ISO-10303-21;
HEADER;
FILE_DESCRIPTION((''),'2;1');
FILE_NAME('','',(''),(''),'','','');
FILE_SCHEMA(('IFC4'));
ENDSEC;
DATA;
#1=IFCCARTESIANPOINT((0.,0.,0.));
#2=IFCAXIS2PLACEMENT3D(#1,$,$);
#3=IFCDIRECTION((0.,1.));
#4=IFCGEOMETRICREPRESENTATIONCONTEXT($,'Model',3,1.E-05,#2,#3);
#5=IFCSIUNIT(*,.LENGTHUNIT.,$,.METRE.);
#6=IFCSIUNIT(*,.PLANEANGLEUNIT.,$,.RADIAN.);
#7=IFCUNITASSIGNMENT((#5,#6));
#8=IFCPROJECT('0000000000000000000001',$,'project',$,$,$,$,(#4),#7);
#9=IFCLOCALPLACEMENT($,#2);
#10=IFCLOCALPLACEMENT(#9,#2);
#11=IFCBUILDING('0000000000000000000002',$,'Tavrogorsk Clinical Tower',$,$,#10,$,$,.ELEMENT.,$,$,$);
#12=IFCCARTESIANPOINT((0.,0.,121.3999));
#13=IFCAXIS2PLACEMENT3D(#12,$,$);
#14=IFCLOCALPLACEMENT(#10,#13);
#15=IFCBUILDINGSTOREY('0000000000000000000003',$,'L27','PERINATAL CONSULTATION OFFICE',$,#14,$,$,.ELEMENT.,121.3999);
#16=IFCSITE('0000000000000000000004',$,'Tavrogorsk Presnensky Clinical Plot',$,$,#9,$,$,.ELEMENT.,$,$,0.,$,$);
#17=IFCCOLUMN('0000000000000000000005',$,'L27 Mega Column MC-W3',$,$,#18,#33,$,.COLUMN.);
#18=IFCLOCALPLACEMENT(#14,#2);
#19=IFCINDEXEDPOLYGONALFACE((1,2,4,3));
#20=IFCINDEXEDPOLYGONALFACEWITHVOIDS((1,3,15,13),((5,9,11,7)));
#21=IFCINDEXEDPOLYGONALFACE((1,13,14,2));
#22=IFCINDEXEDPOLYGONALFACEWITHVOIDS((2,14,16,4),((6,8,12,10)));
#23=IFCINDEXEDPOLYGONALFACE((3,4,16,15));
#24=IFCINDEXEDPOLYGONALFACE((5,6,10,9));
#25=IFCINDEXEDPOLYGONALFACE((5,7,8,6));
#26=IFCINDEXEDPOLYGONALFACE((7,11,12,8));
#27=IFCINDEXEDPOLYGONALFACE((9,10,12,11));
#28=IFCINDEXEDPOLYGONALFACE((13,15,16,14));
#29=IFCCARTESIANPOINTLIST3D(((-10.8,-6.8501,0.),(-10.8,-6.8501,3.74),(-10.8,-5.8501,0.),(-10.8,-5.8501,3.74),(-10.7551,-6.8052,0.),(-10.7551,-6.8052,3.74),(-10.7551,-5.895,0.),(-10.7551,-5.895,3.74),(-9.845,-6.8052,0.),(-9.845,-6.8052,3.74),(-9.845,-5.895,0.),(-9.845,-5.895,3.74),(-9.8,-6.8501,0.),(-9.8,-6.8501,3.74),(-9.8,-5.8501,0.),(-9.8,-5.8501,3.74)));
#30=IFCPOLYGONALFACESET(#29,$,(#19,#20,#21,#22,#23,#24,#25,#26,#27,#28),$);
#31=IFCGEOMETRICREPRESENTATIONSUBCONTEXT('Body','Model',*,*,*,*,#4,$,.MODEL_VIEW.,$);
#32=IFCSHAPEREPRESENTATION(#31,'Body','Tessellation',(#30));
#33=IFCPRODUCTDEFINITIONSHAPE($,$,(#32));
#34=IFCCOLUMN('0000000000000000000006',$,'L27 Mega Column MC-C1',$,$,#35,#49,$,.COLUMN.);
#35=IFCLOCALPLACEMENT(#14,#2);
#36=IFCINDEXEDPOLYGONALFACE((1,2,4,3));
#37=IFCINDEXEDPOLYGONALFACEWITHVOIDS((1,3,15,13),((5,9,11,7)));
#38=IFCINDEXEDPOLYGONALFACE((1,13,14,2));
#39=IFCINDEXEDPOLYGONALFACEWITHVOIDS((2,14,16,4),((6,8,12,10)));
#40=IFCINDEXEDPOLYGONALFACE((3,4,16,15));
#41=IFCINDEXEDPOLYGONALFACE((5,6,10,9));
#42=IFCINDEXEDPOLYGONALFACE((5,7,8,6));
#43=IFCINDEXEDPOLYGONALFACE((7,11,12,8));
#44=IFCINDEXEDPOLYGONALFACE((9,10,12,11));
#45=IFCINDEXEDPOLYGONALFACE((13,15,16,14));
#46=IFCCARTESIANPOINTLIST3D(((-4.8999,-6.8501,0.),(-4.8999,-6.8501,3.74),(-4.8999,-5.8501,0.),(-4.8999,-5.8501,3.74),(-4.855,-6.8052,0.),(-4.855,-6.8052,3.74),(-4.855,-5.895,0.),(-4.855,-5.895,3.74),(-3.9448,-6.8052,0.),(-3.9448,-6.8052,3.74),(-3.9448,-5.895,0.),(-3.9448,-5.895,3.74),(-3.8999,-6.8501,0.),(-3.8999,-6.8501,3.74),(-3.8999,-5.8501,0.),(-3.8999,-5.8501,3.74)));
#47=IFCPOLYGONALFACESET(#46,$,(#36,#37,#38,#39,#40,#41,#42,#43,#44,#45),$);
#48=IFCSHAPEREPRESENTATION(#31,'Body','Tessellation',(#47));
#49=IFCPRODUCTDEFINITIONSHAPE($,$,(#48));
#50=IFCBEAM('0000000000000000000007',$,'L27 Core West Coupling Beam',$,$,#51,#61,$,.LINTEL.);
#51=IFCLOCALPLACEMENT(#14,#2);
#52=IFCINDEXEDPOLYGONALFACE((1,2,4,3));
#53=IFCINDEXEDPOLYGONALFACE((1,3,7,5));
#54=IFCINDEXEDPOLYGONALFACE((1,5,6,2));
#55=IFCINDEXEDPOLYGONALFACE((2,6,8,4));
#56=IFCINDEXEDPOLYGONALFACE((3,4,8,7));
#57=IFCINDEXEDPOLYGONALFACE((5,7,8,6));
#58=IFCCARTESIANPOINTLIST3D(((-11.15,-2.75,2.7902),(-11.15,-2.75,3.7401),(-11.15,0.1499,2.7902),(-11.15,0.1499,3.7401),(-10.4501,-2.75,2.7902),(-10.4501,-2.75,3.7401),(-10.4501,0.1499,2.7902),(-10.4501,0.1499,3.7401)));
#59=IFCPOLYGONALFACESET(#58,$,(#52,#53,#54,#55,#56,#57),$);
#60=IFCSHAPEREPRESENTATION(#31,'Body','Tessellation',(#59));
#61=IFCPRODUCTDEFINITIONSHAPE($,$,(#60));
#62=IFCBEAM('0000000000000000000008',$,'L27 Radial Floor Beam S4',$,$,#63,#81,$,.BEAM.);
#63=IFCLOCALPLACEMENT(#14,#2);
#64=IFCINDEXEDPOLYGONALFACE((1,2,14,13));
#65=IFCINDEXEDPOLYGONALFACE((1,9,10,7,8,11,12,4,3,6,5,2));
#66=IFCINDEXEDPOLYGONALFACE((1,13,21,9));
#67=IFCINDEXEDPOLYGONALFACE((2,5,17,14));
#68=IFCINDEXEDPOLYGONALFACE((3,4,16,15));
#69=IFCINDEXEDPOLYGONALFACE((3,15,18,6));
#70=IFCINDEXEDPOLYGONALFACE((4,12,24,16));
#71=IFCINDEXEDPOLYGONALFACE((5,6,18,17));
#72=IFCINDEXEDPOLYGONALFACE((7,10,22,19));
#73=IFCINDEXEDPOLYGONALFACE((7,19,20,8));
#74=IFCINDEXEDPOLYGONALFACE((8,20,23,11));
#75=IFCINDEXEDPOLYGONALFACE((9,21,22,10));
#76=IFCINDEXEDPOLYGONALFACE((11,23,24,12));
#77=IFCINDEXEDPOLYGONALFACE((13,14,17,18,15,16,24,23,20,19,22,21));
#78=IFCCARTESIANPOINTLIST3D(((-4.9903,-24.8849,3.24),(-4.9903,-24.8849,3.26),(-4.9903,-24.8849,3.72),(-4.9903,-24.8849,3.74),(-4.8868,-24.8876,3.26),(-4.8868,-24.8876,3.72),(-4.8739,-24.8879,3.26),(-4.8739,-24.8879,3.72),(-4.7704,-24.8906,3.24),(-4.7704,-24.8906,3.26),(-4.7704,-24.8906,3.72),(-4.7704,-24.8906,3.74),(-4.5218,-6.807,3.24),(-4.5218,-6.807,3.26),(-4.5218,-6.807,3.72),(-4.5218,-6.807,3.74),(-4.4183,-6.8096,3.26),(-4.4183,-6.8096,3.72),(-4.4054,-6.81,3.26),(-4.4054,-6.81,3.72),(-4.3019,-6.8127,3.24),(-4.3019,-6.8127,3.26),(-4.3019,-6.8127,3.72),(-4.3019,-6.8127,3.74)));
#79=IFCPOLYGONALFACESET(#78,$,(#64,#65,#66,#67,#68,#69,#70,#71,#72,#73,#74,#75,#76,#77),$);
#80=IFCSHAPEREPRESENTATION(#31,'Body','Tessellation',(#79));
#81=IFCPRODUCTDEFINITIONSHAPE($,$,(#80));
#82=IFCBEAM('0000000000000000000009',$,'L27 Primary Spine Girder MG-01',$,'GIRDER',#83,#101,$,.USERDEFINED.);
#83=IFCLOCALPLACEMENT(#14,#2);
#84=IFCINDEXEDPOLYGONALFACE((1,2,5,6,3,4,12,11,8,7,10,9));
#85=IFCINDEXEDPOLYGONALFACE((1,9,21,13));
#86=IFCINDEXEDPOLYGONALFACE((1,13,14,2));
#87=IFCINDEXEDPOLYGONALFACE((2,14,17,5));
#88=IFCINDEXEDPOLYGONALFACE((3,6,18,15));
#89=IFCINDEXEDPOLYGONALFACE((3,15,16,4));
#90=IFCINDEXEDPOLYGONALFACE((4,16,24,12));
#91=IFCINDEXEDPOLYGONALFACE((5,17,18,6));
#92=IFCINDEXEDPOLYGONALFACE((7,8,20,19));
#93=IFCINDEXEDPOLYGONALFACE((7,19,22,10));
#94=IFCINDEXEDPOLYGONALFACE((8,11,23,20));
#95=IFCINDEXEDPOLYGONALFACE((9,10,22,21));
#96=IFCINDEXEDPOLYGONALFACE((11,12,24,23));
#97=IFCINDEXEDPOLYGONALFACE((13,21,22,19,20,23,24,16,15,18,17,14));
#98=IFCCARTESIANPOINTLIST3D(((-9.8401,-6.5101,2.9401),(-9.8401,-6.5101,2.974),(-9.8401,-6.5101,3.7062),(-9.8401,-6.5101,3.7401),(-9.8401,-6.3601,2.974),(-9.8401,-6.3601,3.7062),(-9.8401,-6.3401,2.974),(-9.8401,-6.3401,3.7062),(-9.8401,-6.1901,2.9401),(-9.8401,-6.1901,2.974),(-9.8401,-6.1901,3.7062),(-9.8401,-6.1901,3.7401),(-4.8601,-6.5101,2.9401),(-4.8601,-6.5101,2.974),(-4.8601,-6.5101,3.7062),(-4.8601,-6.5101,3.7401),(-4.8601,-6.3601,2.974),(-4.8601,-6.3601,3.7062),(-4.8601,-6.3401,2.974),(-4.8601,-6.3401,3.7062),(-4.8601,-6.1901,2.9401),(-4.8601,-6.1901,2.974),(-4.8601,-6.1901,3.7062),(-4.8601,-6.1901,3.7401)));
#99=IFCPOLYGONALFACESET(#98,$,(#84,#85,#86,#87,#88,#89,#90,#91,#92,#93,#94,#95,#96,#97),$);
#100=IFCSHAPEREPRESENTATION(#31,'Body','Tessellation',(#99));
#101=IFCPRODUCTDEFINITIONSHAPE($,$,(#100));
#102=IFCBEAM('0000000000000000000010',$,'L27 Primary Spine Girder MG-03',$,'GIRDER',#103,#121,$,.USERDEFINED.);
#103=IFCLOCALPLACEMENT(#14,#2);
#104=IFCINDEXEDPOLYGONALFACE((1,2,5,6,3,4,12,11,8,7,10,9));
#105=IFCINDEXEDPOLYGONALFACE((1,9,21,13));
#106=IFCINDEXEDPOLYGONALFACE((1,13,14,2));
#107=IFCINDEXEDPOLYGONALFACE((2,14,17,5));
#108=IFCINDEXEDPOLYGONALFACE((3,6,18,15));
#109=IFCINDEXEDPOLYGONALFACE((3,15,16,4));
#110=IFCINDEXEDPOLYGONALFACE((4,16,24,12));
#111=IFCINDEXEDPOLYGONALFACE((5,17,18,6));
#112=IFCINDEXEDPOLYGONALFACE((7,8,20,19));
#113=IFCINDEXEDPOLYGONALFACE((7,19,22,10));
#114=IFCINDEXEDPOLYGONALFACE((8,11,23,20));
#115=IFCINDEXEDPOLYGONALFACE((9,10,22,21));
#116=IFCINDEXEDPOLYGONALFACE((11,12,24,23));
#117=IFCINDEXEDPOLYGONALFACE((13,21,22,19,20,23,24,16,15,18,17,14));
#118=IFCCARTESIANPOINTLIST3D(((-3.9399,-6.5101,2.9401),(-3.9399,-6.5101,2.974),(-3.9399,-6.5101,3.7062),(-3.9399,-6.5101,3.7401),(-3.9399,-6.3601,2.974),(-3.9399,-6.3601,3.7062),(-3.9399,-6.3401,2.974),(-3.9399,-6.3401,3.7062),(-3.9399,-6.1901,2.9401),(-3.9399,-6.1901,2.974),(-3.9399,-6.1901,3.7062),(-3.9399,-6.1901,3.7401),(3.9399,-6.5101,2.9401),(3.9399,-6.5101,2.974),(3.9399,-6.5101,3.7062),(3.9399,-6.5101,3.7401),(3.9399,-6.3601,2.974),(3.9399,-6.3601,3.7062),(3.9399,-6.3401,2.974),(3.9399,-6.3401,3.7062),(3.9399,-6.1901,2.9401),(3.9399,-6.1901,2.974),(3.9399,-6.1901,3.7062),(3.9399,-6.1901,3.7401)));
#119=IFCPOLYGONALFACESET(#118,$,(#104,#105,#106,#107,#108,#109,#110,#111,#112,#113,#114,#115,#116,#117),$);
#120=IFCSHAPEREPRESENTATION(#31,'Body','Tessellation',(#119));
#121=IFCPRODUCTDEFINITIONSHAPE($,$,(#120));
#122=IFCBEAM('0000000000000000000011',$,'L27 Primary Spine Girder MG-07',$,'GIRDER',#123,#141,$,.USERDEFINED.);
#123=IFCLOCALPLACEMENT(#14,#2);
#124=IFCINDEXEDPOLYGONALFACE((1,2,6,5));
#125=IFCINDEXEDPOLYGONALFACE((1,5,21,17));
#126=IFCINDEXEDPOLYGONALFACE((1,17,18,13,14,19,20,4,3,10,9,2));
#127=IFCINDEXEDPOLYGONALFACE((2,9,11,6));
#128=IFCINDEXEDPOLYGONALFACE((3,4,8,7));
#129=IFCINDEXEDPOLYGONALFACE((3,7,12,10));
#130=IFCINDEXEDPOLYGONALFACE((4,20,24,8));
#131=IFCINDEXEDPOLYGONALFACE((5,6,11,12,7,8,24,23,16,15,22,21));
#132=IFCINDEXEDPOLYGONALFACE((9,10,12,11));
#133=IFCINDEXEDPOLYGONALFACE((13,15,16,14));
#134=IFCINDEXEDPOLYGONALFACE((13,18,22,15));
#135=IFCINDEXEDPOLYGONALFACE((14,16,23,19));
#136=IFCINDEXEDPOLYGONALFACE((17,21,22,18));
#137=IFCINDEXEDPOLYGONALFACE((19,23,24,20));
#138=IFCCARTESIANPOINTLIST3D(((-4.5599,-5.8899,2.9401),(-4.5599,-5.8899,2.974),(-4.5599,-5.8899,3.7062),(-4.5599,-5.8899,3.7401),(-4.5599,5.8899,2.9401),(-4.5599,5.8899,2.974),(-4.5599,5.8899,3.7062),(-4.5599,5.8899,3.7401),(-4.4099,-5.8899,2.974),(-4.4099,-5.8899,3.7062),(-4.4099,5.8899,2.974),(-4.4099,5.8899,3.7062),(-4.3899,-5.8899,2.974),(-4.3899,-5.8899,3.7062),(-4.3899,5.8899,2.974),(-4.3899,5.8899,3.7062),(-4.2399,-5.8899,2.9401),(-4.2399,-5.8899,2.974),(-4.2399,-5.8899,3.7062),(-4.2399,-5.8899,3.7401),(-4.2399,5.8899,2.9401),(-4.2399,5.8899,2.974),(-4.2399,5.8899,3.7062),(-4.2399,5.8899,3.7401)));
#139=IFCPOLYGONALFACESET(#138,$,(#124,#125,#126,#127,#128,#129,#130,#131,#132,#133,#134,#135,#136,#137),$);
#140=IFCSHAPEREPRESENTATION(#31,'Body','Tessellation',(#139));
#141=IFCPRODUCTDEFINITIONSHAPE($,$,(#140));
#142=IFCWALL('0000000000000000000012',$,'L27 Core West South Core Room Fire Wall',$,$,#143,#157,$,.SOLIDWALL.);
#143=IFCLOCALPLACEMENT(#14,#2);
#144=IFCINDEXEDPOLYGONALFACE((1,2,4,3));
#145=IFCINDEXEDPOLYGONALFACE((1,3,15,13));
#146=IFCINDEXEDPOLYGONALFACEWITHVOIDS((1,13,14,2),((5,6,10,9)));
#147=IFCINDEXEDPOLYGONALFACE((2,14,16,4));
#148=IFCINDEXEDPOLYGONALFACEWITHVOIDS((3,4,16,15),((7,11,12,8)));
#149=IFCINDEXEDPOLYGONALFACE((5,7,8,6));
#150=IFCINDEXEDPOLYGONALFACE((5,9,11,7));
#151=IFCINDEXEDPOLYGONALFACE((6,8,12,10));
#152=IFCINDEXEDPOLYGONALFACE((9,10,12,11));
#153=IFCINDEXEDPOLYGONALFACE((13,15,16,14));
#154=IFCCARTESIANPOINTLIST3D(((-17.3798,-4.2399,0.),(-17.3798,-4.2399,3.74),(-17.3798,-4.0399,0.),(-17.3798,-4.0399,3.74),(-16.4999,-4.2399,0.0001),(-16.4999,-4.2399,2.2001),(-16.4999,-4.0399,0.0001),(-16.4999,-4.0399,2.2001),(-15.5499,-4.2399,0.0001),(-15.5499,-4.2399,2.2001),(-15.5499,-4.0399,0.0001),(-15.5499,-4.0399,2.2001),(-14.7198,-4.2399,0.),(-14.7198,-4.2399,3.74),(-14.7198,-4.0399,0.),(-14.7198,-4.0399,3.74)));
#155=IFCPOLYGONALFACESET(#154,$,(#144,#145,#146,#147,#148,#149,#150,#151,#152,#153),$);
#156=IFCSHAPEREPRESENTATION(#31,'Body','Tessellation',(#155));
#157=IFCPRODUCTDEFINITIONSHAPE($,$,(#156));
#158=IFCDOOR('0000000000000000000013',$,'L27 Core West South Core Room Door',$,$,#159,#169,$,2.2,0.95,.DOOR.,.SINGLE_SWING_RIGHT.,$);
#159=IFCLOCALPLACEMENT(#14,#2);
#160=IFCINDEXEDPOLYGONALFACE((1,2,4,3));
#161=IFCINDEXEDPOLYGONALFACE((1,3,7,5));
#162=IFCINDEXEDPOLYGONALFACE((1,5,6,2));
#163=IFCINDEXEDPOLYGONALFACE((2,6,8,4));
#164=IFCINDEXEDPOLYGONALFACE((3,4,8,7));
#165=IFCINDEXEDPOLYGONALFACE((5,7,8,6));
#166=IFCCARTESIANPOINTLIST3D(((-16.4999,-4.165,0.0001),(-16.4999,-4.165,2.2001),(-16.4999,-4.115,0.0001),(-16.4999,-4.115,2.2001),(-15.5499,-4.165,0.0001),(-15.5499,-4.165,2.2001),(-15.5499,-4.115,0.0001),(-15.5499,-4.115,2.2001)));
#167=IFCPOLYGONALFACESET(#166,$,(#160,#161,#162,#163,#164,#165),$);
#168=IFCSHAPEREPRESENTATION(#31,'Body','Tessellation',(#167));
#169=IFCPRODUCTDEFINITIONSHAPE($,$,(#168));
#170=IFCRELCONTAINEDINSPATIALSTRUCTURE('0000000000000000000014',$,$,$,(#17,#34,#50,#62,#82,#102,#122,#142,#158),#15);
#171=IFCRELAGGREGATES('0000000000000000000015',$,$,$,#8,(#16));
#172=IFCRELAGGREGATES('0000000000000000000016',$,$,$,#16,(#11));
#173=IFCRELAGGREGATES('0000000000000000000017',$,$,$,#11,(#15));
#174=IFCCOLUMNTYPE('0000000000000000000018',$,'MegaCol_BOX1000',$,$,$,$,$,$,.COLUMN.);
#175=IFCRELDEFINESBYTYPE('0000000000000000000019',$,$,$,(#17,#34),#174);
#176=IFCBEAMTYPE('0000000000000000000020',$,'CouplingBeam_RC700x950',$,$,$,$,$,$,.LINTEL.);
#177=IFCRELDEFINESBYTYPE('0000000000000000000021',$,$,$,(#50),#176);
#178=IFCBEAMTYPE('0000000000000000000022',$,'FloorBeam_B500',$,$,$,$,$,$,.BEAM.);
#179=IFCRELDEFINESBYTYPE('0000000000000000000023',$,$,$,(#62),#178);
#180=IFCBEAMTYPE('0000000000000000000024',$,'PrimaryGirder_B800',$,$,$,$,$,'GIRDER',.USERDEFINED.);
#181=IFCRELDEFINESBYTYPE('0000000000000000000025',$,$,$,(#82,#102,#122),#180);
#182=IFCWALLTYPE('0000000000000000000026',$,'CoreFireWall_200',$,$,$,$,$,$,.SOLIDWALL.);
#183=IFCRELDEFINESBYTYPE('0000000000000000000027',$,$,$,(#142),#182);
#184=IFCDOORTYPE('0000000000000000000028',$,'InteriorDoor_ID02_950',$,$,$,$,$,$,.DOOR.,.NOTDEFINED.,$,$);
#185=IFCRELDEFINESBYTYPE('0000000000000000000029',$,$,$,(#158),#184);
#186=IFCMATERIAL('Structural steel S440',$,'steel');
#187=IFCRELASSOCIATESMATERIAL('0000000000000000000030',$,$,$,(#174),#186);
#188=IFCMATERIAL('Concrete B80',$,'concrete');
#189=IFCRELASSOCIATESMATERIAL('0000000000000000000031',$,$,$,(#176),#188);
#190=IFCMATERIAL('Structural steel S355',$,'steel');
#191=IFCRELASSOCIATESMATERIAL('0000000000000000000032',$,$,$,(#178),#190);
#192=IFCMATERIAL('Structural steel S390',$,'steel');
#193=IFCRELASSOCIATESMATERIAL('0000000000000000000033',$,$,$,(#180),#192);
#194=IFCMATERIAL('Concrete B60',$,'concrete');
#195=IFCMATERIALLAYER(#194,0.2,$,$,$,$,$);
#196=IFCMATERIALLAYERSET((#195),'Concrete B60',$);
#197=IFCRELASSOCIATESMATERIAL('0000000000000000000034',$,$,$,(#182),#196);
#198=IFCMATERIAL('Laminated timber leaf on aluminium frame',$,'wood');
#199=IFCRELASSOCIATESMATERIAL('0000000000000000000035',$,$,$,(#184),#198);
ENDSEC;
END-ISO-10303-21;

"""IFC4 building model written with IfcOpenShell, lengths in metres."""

from ifc_helpers import new_model, si_unit, direction, frame, frame_2d, origin, origin_2d, place, context, subcontext, project, spatial, rectangle, hollow_rectangle, i_section, extrude, material, layer, layer_set, material_profile, profile_set, type_object, element, fill, save


model = new_model("IFC4")

# Units and contexts
model_context = context("Model", 3, precision=1e-05, world=origin(), true_north=direction((0.0, 1.0)))
body_context = subcontext(model_context, "Body", "Model", "MODEL_VIEW")
ifc_project = project(units=[si_unit("LENGTHUNIT", "METRE"), si_unit("PLANEANGLEUNIT", "RADIAN")], contexts=[model_context])

# Site, building, storey
site_placement = place(None, origin())
site = spatial("IfcSite", under=ifc_project, at=site_placement, Name="Tavrogorsk Presnensky Clinical Plot", CompositionType="ELEMENT", RefElevation=0.0)
building_placement = place(site_placement, origin())
building = spatial("IfcBuilding", under=site, at=building_placement, Name="Tavrogorsk Clinical Tower", CompositionType="ELEMENT")
storey_placement = place(building_placement, frame((0.0, 0.0, 121.3999)))
storey = spatial("IfcBuildingStorey", under=building, at=storey_placement, Name="L27", Description="PERINATAL CONSULTATION OFFICE", CompositionType="ELEMENT", Elevation=121.3999)

# Columns
ifc_material_1 = material(Name="Structural steel S440", Category="steel")
ifc_material_profile_1 = material_profile(ifc_material_1, hollow_rectangle(XDim=1.0, YDim=1.0, WallThickness=0.0449, at=origin_2d()), Name="BOX-1000x1000x45")
ifc_profile_set_1 = profile_set([ifc_material_profile_1], Name="Structural steel S440")
column_type = type_object("IfcColumnType", Name="MegaCol_BOX1000", PredefinedType="COLUMN", material=ifc_profile_set_1)
for number, where, z_axis, x_axis, name in (
    (1, (-10.3, -6.3501, 0.0), (0.0, 0.0, 1.0), (1.0, 0.0, 0.0), "L27 Mega Column MC-W3"),
    (2, (-4.3999, -6.3501, 0.0), (0.0, 0.0, 1.0), (1.0, 0.0, 0.0), "L27 Mega Column MC-C1"),
):
    element("IfcColumn", number, at=place(storey_placement, frame(where, z_axis=z_axis, x_axis=x_axis)), inside=storey, type_object=column_type, Name=name, PredefinedType="COLUMN", context=body_context, shape_type="SweptSolid", body=[
        extrude(hollow_rectangle(XDim=1.0, YDim=1.0, WallThickness=0.0449, at=origin_2d()), origin(), (0.0, 0.0, 1.0), 3.74),
    ])

# Beams
ifc_material_2 = material(Name="Concrete B80", Category="concrete")
ifc_material_profile_2 = material_profile(ifc_material_2, rectangle(XDim=0.7, YDim=0.95, at=origin_2d()), Name="RC-CB-700x950")
ifc_profile_set_2 = profile_set([ifc_material_profile_2], Name="Concrete B80")
beam_type_1 = type_object("IfcBeamType", Name="CouplingBeam_RC700x950", PredefinedType="LINTEL", material=ifc_profile_set_2)
beam_1_placement = place(storey_placement, frame((-10.8, -2.75, 3.2651), z_axis=(0.0, 1.0, 0.0), x_axis=(-1.0, 0.0, 0.0)))
element("IfcBeam", 3, at=beam_1_placement, inside=storey, type_object=beam_type_1, Name="L27 Core West Coupling Beam", PredefinedType="LINTEL", context=body_context, shape_type="SweptSolid", body=[
    extrude(rectangle(XDim=0.7, YDim=0.95, at=origin_2d()), origin(), (0.0, 0.0, 1.0), 2.8999),
])
ifc_material_3 = material(Name="Structural steel S355", Category="steel")
ifc_material_profile_3 = material_profile(ifc_material_3, i_section(OverallWidth=0.22, OverallDepth=0.5, WebThickness=0.0129, FlangeThickness=0.02, at=origin_2d()), Name="B-500x220x13x20")
ifc_profile_set_3 = profile_set([ifc_material_profile_3], Name="Structural steel S355")
beam_type_2 = type_object("IfcBeamType", Name="FloorBeam_B500", PredefinedType="BEAM", material=ifc_profile_set_3)
beam_2_placement = place(storey_placement, frame((-4.4119, -6.8098, 3.49), z_axis=(-0.025907, -0.999664, 0.0), x_axis=(0.999664, -0.025907, 0.0)))
element("IfcBeam", 4, at=beam_2_placement, inside=storey, type_object=beam_type_2, Name="L27 Radial Floor Beam S4", PredefinedType="BEAM", context=body_context, shape_type="SweptSolid", body=[
    extrude(i_section(OverallWidth=0.22, OverallDepth=0.5, WebThickness=0.0129, FlangeThickness=0.02, at=origin_2d()), origin(), (0.0, 0.0, 1.0), 18.084),
])
ifc_material_4 = material(Name="Structural steel S390", Category="steel")
ifc_material_profile_4 = material_profile(ifc_material_4, i_section(OverallWidth=0.3201, OverallDepth=0.8, WebThickness=0.02, FlangeThickness=0.0339, at=origin_2d()), Name="B-800x320x20x34")
ifc_profile_set_4 = profile_set([ifc_material_profile_4], Name="Structural steel S390")
beam_type_3 = type_object("IfcBeamType", Name="PrimaryGirder_B800", ElementType="GIRDER", PredefinedType="USERDEFINED", material=ifc_profile_set_4)
beam_3_placement = place(storey_placement, frame((-9.8401, -6.3501, 3.3401), z_axis=(1.0, 0.0, 0.0), x_axis=(0.0, 1.0, 0.0)))
element("IfcBeam", 5, at=beam_3_placement, inside=storey, type_object=beam_type_3, Name="L27 Primary Spine Girder MG-01", ObjectType="GIRDER", PredefinedType="USERDEFINED", context=body_context, shape_type="SweptSolid", body=[
    extrude(i_section(OverallWidth=0.3201, OverallDepth=0.8, WebThickness=0.02, FlangeThickness=0.0339, at=origin_2d()), origin(), (0.0, 0.0, 1.0), 4.98),
])
beam_4_placement = place(storey_placement, frame((-3.9399, -6.3501, 3.3401), z_axis=(1.0, 0.0, 0.0), x_axis=(0.0, 1.0, 0.0)))
element("IfcBeam", 6, at=beam_4_placement, inside=storey, type_object=beam_type_3, Name="L27 Primary Spine Girder MG-03", ObjectType="GIRDER", PredefinedType="USERDEFINED", context=body_context, shape_type="SweptSolid", body=[
    extrude(i_section(OverallWidth=0.3201, OverallDepth=0.8, WebThickness=0.02, FlangeThickness=0.0339, at=origin_2d()), origin(), (0.0, 0.0, 1.0), 7.8799),
])
beam_5_placement = place(storey_placement, frame((-4.3999, -5.8899, 3.3401), z_axis=(0.0, 1.0, 0.0), x_axis=(-1.0, 0.0, 0.0)))
element("IfcBeam", 7, at=beam_5_placement, inside=storey, type_object=beam_type_3, Name="L27 Primary Spine Girder MG-07", ObjectType="GIRDER", PredefinedType="USERDEFINED", context=body_context, shape_type="SweptSolid", body=[
    extrude(i_section(OverallWidth=0.3201, OverallDepth=0.8, WebThickness=0.02, FlangeThickness=0.0339, at=origin_2d()), origin(), (0.0, 0.0, 1.0), 11.7798),
])

# Wall, opening, door
ifc_material_5 = material(Name="Concrete B60", Category="concrete")
ifc_layer_1 = layer(ifc_material_5, 0.2)
ifc_layer_set_1 = layer_set([ifc_layer_1], Name="Concrete B60")
wall_type_1 = type_object("IfcWallType", Name="CoreFireWall_200", PredefinedType="SOLIDWALL", material=ifc_layer_set_1)
wall_1_placement = place(storey_placement, frame((-17.3799, -4.1399, 0.0), z_axis=(0.0, 0.0, 1.0), x_axis=(1.0, 0.0, 0.0)))
wall_1 = element("IfcWall", 8, at=wall_1_placement, inside=storey, type_object=wall_type_1, Name="L27 Core West South Core Room Fire Wall", PredefinedType="SOLIDWALL", context=body_context, shape_type="SweptSolid", body=[
    extrude(rectangle(XDim=2.6599, YDim=0.2, at=frame_2d((1.3301, 0.0))), origin(), (0.0, 0.0, 1.0), 3.74),
])
opening_1_placement = place(wall_1_placement, frame((0.8799, 0.0, 0.0)))
opening_1 = element("IfcOpeningElement", 9, at=opening_1_placement, cuts=wall_1, PredefinedType="OPENING", context=body_context, shape_type="SweptSolid", body=[
    extrude(rectangle(XDim=0.95, YDim=2.2, at=frame_2d((0.4751, 1.1001))), frame((0.0, 0.1099, 0.0), z_axis=(0.0, -1.0, 0.0), x_axis=(1.0, 0.0, 0.0)), (0.0, 0.0, 1.0), 0.22),
])
ifc_material_6 = material(Name="Laminated timber leaf on aluminium frame", Category="wood")
door_type_1 = type_object("IfcDoorType", Name="InteriorDoor_ID02_950", OperationType="NOTDEFINED", PredefinedType="DOOR", material=ifc_material_6)
door_1_placement = place(opening_1_placement, origin())
door_1 = element("IfcDoor", 10, at=door_1_placement, inside=storey, type_object=door_type_1, Name="L27 Core West South Core Room Door", OperationType="SINGLE_SWING_RIGHT", OverallHeight=2.2, OverallWidth=0.95, PredefinedType="DOOR", context=body_context, shape_type="SweptSolid", body=[
    extrude(rectangle(XDim=0.95, YDim=2.2, at=frame_2d((0.4751, 1.1001))), frame((0.0, 0.0249, 0.0), z_axis=(0.0, -1.0, 0.0), x_axis=(1.0, 0.0, 0.0)), (0.0, 0.0, 1.0), 0.05),
])
fill(opening_1, door_1)

save(model, "model.ifc")
